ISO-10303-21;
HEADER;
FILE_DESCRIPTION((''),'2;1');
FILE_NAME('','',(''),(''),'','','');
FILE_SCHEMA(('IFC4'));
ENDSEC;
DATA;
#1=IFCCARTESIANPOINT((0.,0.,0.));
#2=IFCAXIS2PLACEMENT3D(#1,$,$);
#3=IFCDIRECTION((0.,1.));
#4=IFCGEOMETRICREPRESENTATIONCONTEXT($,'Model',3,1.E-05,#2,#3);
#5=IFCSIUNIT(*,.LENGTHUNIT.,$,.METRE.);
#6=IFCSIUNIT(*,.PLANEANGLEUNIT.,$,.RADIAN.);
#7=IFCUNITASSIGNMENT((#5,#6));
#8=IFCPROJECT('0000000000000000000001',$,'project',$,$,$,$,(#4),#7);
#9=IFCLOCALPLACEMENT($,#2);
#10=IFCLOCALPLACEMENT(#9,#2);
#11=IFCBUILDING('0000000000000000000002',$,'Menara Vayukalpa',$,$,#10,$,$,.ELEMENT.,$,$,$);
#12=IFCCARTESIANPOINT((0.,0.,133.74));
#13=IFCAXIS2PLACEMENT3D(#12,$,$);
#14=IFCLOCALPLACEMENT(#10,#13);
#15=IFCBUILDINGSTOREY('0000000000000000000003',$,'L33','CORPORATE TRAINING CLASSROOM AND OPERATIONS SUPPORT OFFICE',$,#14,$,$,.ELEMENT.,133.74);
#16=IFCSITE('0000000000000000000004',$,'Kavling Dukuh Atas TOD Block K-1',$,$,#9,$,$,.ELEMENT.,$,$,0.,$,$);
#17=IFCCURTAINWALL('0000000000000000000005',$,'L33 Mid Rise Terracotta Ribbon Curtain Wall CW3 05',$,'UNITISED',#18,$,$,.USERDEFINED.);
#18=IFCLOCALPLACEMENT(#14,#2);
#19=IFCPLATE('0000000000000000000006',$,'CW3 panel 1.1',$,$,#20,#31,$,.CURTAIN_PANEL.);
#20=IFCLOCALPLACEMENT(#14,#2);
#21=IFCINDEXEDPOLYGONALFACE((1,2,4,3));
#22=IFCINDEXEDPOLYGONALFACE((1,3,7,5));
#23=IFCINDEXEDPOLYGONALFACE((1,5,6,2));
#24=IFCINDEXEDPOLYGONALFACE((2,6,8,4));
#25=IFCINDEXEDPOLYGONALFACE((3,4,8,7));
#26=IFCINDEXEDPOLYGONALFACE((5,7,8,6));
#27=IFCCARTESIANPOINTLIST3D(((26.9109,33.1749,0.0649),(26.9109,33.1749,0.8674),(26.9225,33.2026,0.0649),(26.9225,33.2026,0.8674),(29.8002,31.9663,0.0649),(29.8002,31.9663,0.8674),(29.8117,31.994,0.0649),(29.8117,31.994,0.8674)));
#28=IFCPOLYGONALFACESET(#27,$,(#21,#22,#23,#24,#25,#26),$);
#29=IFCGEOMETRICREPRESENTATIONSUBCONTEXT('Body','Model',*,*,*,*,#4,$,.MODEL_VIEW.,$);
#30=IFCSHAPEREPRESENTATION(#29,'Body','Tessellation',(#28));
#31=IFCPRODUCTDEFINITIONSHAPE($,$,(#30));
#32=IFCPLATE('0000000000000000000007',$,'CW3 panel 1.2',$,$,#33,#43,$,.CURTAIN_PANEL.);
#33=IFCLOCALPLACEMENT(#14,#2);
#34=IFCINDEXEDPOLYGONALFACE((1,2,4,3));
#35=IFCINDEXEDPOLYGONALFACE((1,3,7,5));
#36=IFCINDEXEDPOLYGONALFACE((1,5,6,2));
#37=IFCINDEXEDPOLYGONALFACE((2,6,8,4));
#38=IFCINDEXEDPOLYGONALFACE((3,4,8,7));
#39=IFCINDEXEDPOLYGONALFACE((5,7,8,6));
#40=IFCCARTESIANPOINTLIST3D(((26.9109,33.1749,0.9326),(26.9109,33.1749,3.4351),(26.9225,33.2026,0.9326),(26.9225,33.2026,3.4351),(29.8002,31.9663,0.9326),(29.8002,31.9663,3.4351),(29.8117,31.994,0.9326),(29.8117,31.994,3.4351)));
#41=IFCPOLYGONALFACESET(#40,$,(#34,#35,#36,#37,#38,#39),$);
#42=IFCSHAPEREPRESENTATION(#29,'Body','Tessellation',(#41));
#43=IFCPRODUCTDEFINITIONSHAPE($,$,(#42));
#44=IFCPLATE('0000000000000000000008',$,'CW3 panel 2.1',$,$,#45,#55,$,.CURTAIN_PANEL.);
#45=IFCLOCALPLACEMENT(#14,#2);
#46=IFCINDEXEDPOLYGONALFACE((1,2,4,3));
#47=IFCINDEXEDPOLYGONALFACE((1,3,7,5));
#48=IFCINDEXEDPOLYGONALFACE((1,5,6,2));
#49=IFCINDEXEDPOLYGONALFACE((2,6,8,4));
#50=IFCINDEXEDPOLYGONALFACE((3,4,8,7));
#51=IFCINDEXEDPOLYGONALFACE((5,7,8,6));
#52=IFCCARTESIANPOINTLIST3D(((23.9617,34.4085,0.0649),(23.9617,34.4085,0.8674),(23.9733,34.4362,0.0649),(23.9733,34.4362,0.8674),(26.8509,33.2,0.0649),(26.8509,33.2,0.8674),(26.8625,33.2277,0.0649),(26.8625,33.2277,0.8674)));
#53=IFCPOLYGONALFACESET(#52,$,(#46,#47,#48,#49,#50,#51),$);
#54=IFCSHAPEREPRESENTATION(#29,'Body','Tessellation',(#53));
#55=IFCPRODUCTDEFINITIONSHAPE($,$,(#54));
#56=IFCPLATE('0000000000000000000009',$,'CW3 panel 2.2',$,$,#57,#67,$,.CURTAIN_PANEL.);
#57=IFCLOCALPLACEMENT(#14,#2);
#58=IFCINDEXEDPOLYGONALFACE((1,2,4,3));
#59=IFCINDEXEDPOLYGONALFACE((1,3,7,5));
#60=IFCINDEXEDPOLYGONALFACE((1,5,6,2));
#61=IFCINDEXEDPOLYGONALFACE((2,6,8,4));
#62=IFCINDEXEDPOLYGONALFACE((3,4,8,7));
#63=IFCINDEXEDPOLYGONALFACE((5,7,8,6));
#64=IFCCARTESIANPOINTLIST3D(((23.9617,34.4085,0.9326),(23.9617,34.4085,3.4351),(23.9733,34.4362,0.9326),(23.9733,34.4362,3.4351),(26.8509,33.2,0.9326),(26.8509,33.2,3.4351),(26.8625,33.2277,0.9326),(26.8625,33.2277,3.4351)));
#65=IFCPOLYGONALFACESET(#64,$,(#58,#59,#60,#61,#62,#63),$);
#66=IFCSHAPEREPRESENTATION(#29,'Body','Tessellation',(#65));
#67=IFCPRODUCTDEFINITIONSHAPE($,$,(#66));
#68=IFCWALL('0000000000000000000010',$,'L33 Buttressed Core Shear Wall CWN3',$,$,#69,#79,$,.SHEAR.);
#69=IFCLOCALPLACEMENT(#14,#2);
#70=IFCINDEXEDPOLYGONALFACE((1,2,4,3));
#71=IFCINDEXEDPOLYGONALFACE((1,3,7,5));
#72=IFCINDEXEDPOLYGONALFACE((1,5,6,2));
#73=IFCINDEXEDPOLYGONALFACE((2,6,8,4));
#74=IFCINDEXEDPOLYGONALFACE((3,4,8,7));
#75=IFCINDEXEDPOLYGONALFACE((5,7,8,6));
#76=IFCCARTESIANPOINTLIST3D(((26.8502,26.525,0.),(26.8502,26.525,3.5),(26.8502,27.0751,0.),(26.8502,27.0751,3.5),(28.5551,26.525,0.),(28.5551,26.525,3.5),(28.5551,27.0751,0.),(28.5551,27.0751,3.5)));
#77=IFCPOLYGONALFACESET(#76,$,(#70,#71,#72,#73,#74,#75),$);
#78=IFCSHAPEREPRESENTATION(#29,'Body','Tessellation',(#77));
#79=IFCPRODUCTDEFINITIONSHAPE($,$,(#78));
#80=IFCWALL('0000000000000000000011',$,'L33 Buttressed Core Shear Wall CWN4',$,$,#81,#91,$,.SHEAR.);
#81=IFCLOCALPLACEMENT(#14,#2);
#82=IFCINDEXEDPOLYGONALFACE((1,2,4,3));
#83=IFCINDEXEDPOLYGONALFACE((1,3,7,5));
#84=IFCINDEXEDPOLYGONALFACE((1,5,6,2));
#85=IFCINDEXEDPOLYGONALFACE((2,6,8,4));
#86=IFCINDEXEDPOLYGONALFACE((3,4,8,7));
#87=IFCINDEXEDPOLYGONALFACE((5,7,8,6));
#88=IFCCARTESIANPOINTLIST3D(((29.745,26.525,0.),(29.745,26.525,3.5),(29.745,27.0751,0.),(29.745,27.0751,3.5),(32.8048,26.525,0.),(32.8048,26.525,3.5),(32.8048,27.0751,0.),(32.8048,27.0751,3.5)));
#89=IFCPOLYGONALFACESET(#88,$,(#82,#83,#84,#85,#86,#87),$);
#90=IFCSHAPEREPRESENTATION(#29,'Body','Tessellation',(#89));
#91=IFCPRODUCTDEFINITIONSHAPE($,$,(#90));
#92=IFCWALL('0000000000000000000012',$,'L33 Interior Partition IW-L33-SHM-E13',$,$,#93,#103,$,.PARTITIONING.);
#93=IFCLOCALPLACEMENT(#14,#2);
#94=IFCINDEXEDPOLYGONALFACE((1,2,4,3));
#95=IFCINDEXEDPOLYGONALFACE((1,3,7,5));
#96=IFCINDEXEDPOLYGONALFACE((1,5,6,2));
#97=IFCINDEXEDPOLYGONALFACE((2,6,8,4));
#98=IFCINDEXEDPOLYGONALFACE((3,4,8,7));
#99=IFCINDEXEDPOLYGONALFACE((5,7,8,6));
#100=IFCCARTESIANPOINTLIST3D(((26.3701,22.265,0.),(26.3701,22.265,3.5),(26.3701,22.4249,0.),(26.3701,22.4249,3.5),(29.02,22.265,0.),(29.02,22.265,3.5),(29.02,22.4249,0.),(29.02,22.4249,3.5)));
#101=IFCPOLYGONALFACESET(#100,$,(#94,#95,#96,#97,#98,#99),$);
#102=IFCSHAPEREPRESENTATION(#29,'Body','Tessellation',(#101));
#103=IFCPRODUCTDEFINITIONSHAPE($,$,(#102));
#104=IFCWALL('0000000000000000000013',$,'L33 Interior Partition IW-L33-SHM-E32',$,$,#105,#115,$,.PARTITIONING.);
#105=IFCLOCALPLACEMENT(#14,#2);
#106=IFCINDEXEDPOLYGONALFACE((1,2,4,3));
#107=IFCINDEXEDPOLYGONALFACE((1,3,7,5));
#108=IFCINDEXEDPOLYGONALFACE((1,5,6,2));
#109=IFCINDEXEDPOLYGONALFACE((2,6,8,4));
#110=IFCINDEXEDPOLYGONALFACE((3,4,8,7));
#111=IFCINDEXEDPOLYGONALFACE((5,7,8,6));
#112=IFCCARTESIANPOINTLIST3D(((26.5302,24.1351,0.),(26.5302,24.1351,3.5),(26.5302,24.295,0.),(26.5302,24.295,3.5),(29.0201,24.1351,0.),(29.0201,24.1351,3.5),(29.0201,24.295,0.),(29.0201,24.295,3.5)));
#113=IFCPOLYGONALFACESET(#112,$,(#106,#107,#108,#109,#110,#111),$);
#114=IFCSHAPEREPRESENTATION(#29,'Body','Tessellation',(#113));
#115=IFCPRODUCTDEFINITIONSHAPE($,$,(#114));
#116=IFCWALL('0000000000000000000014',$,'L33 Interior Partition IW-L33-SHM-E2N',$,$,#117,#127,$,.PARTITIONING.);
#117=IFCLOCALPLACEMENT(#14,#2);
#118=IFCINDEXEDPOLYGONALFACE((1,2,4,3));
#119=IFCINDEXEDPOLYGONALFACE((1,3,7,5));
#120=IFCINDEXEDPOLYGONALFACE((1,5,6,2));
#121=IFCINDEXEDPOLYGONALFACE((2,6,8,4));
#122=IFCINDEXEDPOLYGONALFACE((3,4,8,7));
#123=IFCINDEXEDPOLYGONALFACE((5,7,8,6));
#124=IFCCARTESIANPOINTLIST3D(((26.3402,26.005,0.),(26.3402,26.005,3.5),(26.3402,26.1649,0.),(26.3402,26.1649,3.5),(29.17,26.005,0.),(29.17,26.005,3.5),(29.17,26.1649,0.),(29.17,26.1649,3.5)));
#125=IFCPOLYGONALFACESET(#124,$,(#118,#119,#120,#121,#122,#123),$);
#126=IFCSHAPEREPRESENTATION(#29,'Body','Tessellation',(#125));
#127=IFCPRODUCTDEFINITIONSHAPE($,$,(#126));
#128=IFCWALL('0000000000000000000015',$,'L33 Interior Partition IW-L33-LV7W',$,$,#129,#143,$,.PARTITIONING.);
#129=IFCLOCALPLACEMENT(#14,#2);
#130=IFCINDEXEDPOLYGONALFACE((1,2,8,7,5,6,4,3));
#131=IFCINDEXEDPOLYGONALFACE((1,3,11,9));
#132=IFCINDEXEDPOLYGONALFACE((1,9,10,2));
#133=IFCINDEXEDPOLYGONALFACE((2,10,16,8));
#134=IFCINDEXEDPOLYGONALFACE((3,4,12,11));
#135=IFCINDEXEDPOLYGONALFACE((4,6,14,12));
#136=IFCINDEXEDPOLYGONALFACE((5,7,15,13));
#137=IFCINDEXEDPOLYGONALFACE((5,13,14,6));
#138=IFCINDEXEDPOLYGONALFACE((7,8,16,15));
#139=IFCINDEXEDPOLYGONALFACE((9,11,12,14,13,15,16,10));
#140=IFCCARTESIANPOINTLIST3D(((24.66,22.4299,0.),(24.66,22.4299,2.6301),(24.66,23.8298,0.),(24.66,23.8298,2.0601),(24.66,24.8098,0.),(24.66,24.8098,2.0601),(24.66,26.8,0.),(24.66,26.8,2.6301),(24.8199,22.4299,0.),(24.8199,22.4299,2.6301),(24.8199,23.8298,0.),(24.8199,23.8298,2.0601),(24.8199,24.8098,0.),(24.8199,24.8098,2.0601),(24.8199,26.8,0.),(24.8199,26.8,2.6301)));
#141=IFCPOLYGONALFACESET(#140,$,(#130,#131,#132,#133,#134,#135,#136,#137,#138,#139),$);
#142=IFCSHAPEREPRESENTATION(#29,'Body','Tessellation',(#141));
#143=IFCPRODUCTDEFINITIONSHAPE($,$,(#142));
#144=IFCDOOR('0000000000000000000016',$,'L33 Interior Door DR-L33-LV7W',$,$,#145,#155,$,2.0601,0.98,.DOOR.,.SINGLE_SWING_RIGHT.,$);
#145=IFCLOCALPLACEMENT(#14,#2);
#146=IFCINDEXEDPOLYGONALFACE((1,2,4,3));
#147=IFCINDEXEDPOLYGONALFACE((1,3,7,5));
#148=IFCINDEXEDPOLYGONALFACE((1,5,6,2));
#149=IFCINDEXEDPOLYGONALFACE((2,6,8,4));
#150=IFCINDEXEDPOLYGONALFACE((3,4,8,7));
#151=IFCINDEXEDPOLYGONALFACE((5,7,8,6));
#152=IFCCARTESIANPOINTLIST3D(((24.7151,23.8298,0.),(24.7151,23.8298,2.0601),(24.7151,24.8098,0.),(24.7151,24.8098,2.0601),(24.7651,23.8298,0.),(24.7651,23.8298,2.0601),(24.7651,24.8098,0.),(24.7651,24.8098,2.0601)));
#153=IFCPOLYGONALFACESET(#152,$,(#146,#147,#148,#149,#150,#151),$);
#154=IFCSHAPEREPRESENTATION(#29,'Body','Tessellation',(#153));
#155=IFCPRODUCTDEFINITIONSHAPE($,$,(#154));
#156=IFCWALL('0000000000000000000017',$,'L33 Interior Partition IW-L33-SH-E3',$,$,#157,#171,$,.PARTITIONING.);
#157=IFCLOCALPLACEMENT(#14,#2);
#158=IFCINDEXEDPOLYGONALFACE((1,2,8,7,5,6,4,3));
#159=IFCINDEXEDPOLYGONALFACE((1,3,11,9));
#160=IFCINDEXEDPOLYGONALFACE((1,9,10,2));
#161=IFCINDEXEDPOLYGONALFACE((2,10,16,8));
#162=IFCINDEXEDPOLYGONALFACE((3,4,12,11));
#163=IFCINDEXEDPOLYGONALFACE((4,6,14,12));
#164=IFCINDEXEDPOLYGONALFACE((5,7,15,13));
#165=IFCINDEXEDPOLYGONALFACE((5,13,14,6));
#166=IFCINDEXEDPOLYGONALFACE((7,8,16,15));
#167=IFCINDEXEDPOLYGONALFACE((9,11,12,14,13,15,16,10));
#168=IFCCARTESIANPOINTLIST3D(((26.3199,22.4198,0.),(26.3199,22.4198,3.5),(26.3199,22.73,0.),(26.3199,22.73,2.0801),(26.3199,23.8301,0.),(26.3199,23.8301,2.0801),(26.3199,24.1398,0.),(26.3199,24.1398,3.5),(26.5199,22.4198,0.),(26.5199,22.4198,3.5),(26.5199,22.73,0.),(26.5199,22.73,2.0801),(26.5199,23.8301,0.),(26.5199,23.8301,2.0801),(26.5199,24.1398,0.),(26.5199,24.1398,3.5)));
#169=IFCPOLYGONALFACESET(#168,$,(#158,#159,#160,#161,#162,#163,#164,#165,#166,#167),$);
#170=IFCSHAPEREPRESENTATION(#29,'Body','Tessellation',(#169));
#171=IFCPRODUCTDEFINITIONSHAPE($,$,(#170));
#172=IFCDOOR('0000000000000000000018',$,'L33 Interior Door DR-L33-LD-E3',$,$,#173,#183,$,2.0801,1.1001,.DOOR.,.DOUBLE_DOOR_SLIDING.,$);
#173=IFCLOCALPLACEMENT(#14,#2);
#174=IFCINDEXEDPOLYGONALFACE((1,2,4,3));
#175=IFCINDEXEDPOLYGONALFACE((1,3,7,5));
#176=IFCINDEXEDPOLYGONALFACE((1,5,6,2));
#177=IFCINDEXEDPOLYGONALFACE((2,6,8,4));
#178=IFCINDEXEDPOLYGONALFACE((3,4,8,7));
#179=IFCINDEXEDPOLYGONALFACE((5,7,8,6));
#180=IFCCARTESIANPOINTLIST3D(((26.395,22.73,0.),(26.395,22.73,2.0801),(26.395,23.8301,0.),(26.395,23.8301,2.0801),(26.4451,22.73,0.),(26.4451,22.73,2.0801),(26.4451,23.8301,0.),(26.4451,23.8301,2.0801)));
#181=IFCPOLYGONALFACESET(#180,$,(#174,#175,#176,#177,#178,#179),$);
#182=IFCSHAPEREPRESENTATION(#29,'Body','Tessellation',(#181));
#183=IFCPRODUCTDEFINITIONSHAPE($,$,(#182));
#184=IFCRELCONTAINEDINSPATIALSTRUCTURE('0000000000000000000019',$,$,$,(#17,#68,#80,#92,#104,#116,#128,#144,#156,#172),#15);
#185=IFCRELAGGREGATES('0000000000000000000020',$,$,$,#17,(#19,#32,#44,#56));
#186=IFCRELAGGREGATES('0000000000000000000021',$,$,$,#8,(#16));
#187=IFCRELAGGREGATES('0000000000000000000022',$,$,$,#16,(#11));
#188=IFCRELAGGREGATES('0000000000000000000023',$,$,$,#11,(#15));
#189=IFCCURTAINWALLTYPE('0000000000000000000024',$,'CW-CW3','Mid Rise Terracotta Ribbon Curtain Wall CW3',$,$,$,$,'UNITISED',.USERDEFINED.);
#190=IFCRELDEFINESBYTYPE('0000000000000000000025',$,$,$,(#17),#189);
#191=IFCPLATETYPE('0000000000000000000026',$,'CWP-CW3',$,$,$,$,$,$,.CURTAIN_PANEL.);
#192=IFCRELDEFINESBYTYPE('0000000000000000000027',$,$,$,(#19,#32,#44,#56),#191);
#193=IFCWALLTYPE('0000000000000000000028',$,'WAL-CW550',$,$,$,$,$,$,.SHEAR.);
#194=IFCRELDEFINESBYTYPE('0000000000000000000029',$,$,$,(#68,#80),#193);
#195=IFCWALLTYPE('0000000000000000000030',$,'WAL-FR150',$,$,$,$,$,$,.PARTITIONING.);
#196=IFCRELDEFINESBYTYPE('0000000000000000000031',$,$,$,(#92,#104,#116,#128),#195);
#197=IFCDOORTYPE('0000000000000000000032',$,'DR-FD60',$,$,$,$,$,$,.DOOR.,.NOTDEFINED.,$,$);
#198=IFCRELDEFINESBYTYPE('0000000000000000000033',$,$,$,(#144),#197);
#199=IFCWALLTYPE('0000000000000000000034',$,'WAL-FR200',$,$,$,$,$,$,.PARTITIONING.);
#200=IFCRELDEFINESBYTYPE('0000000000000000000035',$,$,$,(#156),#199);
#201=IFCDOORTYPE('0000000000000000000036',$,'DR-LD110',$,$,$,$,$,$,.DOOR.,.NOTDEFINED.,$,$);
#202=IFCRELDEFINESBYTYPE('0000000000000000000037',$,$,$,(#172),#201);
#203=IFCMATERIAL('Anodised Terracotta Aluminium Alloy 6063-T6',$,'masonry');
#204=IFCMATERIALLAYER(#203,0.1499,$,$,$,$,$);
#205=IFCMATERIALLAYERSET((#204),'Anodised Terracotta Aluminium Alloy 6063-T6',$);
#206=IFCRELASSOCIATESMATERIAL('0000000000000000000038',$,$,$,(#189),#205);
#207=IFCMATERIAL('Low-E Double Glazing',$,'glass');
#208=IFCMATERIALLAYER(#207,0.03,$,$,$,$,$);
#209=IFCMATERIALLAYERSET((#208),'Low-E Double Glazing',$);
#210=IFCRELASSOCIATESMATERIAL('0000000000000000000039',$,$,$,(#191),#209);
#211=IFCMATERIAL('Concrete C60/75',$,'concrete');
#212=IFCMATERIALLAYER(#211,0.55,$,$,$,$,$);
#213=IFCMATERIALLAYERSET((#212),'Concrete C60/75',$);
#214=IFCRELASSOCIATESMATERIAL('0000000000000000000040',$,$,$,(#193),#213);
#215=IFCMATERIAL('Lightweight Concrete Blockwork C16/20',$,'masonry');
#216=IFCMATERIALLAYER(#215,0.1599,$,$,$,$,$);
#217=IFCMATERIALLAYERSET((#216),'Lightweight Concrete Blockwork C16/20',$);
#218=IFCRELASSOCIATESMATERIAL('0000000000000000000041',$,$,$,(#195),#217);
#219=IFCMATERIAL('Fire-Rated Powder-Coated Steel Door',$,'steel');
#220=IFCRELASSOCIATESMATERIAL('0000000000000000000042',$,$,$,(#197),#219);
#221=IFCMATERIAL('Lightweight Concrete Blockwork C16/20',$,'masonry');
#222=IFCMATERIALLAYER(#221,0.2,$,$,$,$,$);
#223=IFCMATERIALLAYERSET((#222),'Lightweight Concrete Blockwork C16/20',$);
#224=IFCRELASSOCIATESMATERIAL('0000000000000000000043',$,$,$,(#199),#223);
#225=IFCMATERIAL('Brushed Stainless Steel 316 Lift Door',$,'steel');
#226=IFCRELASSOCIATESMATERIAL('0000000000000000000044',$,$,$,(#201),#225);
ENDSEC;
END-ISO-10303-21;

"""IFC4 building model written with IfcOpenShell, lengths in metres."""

from ifc_helpers import new_model, si_unit, direction, frame, frame_2d, origin, origin_2d, place, context, subcontext, project, spatial, rectangle, extrude, material, layer, layer_set, type_object, element, fill, aggregate, save


model = new_model("IFC4")

# Units and contexts
model_context = context("Model", 3, precision=1e-05, world=origin(), true_north=direction((0.0, 1.0)))
body_context = subcontext(model_context, "Body", "Model", "MODEL_VIEW")
ifc_project = project(units=[si_unit("LENGTHUNIT", "METRE"), si_unit("PLANEANGLEUNIT", "RADIAN")], contexts=[model_context])

# Site, building, storey
site_placement = place(None, origin())
site = spatial("IfcSite", under=ifc_project, at=site_placement, Name="Kavling Dukuh Atas TOD Block K-1", CompositionType="ELEMENT", RefElevation=0.0)
building_placement = place(site_placement, origin())
building = spatial("IfcBuilding", under=site, at=building_placement, Name="Menara Vayukalpa", CompositionType="ELEMENT")
storey_placement = place(building_placement, frame((0.0, 0.0, 133.74)))
storey = spatial("IfcBuildingStorey", under=building, at=storey_placement, Name="L33", Description="CORPORATE TRAINING CLASSROOM AND OPERATIONS SUPPORT OFFICE", CompositionType="ELEMENT", Elevation=133.74)

# Shared definitions
ifc_material_1 = material(Name="Anodised Terracotta Aluminium Alloy 6063-T6", Category="masonry")
ifc_layer_1 = layer(ifc_material_1, 0.1499)
ifc_layer_set_1 = layer_set([ifc_layer_1], Name="Anodised Terracotta Aluminium Alloy 6063-T6")
curtain_wall_type = type_object("IfcCurtainWallType", Name="CW-CW3", Description="Mid Rise Terracotta Ribbon Curtain Wall CW3", ElementType="UNITISED", PredefinedType="USERDEFINED", material=ifc_layer_set_1)

# Curtain wall, plates
curtain_wall_1_placement = place(storey_placement, origin())
curtain_wall_1 = element("IfcCurtainWall", 1, at=curtain_wall_1_placement, inside=storey, type_object=curtain_wall_type, Name="L33 Mid Rise Terracotta Ribbon Curtain Wall CW3 05", ObjectType="UNITISED", PredefinedType="USERDEFINED")
ifc_material_2 = material(Name="Low-E Double Glazing", Category="glass")
ifc_layer_2 = layer(ifc_material_2, 0.03)
ifc_layer_set_2 = layer_set([ifc_layer_2], Name="Low-E Double Glazing")
plate_type = type_object("IfcPlateType", Name="CWP-CW3", PredefinedType="CURTAIN_PANEL", material=ifc_layer_set_2)
plate_1_placement = place(storey_placement, frame((28.3613, 32.5845, 0.0649), z_axis=(0.0, 0.0, 1.0), x_axis=(-0.922543, 0.385894, 0.0)))
plate_1 = element("IfcPlate", 2, at=plate_1_placement, type_object=plate_type, Name="CW3 panel 1.1", PredefinedType="CURTAIN_PANEL", context=body_context, shape_type="SweptSolid", body=[
    extrude(rectangle(XDim=3.1318, YDim=0.03, at=origin_2d()), origin(), (0.0, 0.0, 1.0), 0.8025),
])
plate_2_placement = place(storey_placement, frame((28.3613, 32.5845, 0.9326), z_axis=(0.0, 0.0, 1.0), x_axis=(-0.922543, 0.385894, 0.0)))
plate_2 = element("IfcPlate", 3, at=plate_2_placement, type_object=plate_type, Name="CW3 panel 1.2", PredefinedType="CURTAIN_PANEL", context=body_context, shape_type="SweptSolid", body=[
    extrude(rectangle(XDim=3.1318, YDim=0.03, at=origin_2d()), origin(), (0.0, 0.0, 1.0), 2.5024),
])
plate_3_placement = place(storey_placement, frame((25.4121, 33.8181, 0.0649), z_axis=(0.0, 0.0, 1.0), x_axis=(-0.922543, 0.385894, 0.0)))
plate_3 = element("IfcPlate", 4, at=plate_3_placement, type_object=plate_type, Name="CW3 panel 2.1", PredefinedType="CURTAIN_PANEL", context=body_context, shape_type="SweptSolid", body=[
    extrude(rectangle(XDim=3.1318, YDim=0.03, at=origin_2d()), origin(), (0.0, 0.0, 1.0), 0.8025),
])
plate_4_placement = place(storey_placement, frame((25.4121, 33.8181, 0.9326), z_axis=(0.0, 0.0, 1.0), x_axis=(-0.922543, 0.385894, 0.0)))
plate_4 = element("IfcPlate", 5, at=plate_4_placement, type_object=plate_type, Name="CW3 panel 2.2", PredefinedType="CURTAIN_PANEL", context=body_context, shape_type="SweptSolid", body=[
    extrude(rectangle(XDim=3.1318, YDim=0.03, at=origin_2d()), origin(), (0.0, 0.0, 1.0), 2.5024),
])
aggregate(curtain_wall_1, [plate_1, plate_2, plate_3, plate_4])

# Walls
ifc_material_3 = material(Name="Concrete C60/75", Category="concrete")
ifc_layer_3 = layer(ifc_material_3, 0.55)
ifc_layer_set_3 = layer_set([ifc_layer_3], Name="Concrete C60/75")
wall_type_1 = type_object("IfcWallType", Name="WAL-CW550", PredefinedType="SHEAR", material=ifc_layer_set_3)
wall_1_placement = place(storey_placement, frame((26.8501, 26.8, 0.0), z_axis=(0.0, 0.0, 1.0), x_axis=(1.0, 0.0, 0.0)))
element("IfcWall", 6, at=wall_1_placement, inside=storey, type_object=wall_type_1, Name="L33 Buttressed Core Shear Wall CWN3", PredefinedType="SHEAR", context=body_context, shape_type="SweptSolid", body=[
    extrude(rectangle(XDim=1.7048, YDim=0.55, at=frame_2d((0.8525, 0.0))), origin(), (0.0, 0.0, 1.0), 3.5),
])
wall_2_placement = place(storey_placement, frame((29.7451, 26.8, 0.0), z_axis=(0.0, 0.0, 1.0), x_axis=(1.0, 0.0, 0.0)))
element("IfcWall", 7, at=wall_2_placement, inside=storey, type_object=wall_type_1, Name="L33 Buttressed Core Shear Wall CWN4", PredefinedType="SHEAR", context=body_context, shape_type="SweptSolid", body=[
    extrude(rectangle(XDim=3.0598, YDim=0.55, at=frame_2d((1.5298, 0.0))), origin(), (0.0, 0.0, 1.0), 3.5),
])
ifc_material_4 = material(Name="Lightweight Concrete Blockwork C16/20", Category="masonry")
ifc_layer_4 = layer(ifc_material_4, 0.1599)
ifc_layer_set_4 = layer_set([ifc_layer_4], Name="Lightweight Concrete Blockwork C16/20")
wall_type_2 = type_object("IfcWallType", Name="WAL-FR150", PredefinedType="PARTITIONING", material=ifc_layer_set_4)
wall_3_placement = place(storey_placement, frame((26.3701, 22.345, 0.0), z_axis=(0.0, 0.0, 1.0), x_axis=(1.0, 0.0, 0.0)))
element("IfcWall", 8, at=wall_3_placement, inside=storey, type_object=wall_type_2, Name="L33 Interior Partition IW-L33-SHM-E13", PredefinedType="PARTITIONING", context=body_context, shape_type="SweptSolid", body=[
    extrude(rectangle(XDim=2.6499, YDim=0.1599, at=frame_2d((1.325, 0.0))), origin(), (0.0, 0.0, 1.0), 3.5),
])
wall_4_placement = place(storey_placement, frame((26.53, 24.2151, 0.0), z_axis=(0.0, 0.0, 1.0), x_axis=(1.0, 0.0, 0.0)))
element("IfcWall", 9, at=wall_4_placement, inside=storey, type_object=wall_type_2, Name="L33 Interior Partition IW-L33-SHM-E32", PredefinedType="PARTITIONING", context=body_context, shape_type="SweptSolid", body=[
    extrude(rectangle(XDim=2.49, YDim=0.1599, at=frame_2d((1.2451, 0.0))), origin(), (0.0, 0.0, 1.0), 3.5),
])
wall_5_placement = place(storey_placement, frame((26.3401, 26.085, 0.0), z_axis=(0.0, 0.0, 1.0), x_axis=(1.0, 0.0, 0.0)))
element("IfcWall", 10, at=wall_5_placement, inside=storey, type_object=wall_type_2, Name="L33 Interior Partition IW-L33-SHM-E2N", PredefinedType="PARTITIONING", context=body_context, shape_type="SweptSolid", body=[
    extrude(rectangle(XDim=2.8298, YDim=0.1599, at=frame_2d((1.415, 0.0))), origin(), (0.0, 0.0, 1.0), 3.5),
])

# Walls, openings, doors
wall_6_placement = place(storey_placement, frame((24.74, 22.4299, 0.0), z_axis=(0.0, 0.0, 1.0), x_axis=(0.0, 1.0, 0.0)))
wall_6 = element("IfcWall", 11, at=wall_6_placement, inside=storey, type_object=wall_type_2, Name="L33 Interior Partition IW-L33-LV7W", PredefinedType="PARTITIONING", context=body_context, shape_type="SweptSolid", body=[
    extrude(rectangle(XDim=4.3701, YDim=0.1599, at=frame_2d((2.1851, 0.0))), origin(), (0.0, 0.0, 1.0), 2.6301),
])
opening_1_placement = place(wall_6_placement, frame((1.3999, 0.0, 0.0)))
opening_1 = element("IfcOpeningElement", 12, at=opening_1_placement, cuts=wall_6, PredefinedType="OPENING", context=body_context, shape_type="SweptSolid", body=[
    extrude(rectangle(XDim=0.98, YDim=2.0601, at=frame_2d((0.49, 1.03))), frame((0.0, 0.0898, 0.0), z_axis=(0.0, -1.0, 0.0), x_axis=(1.0, 0.0, 0.0)), (0.0, 0.0, 1.0), 0.1799),
])
ifc_material_5 = material(Name="Fire-Rated Powder-Coated Steel Door", Category="steel")
door_type_1 = type_object("IfcDoorType", Name="DR-FD60", OperationType="NOTDEFINED", PredefinedType="DOOR", material=ifc_material_5)
door_1_placement = place(opening_1_placement, origin())
door_1 = element("IfcDoor", 13, at=door_1_placement, inside=storey, type_object=door_type_1, Name="L33 Interior Door DR-L33-LV7W", OperationType="SINGLE_SWING_RIGHT", OverallHeight=2.0601, OverallWidth=0.98, PredefinedType="DOOR", context=body_context, shape_type="SweptSolid", body=[
    extrude(rectangle(XDim=0.98, YDim=2.0601, at=frame_2d((0.49, 1.03))), frame((0.0, 0.0249, 0.0), z_axis=(0.0, -1.0, 0.0), x_axis=(1.0, 0.0, 0.0)), (0.0, 0.0, 1.0), 0.05),
])
fill(opening_1, door_1)
ifc_material_6 = material(Name="Lightweight Concrete Blockwork C16/20", Category="masonry")
ifc_layer_5 = layer(ifc_material_6, 0.2)
ifc_layer_set_5 = layer_set([ifc_layer_5], Name="Lightweight Concrete Blockwork C16/20")
wall_type_3 = type_object("IfcWallType", Name="WAL-FR200", PredefinedType="PARTITIONING", material=ifc_layer_set_5)
wall_7_placement = place(storey_placement, frame((26.4199, 22.4199, 0.0), z_axis=(0.0, 0.0, 1.0), x_axis=(0.0, 1.0, 0.0)))
wall_7 = element("IfcWall", 14, at=wall_7_placement, inside=storey, type_object=wall_type_3, Name="L33 Interior Partition IW-L33-SH-E3", PredefinedType="PARTITIONING", context=body_context, shape_type="SweptSolid", body=[
    extrude(rectangle(XDim=1.72, YDim=0.2, at=frame_2d((0.8599, 0.0))), origin(), (0.0, 0.0, 1.0), 3.5),
])
opening_2_placement = place(wall_7_placement, frame((0.3101, 0.0, 0.0)))
opening_2 = element("IfcOpeningElement", 15, at=opening_2_placement, cuts=wall_7, PredefinedType="OPENING", context=body_context, shape_type="SweptSolid", body=[
    extrude(rectangle(XDim=1.1001, YDim=2.0801, at=frame_2d((0.55, 1.04))), frame((0.0, 0.1099, 0.0), z_axis=(0.0, -1.0, 0.0), x_axis=(1.0, 0.0, 0.0)), (0.0, 0.0, 1.0), 0.22),
])
ifc_material_7 = material(Name="Brushed Stainless Steel 316 Lift Door", Category="steel")
door_type_2 = type_object("IfcDoorType", Name="DR-LD110", OperationType="NOTDEFINED", PredefinedType="DOOR", material=ifc_material_7)
door_2_placement = place(opening_2_placement, origin())
door_2 = element("IfcDoor", 16, at=door_2_placement, inside=storey, type_object=door_type_2, Name="L33 Interior Door DR-L33-LD-E3", OperationType="DOUBLE_DOOR_SLIDING", OverallHeight=2.0801, OverallWidth=1.1001, PredefinedType="DOOR", context=body_context, shape_type="SweptSolid", body=[
    extrude(rectangle(XDim=1.1001, YDim=2.0801, at=frame_2d((0.55, 1.04))), frame((0.0, 0.0249, 0.0), z_axis=(0.0, -1.0, 0.0), x_axis=(1.0, 0.0, 0.0)), (0.0, 0.0, 1.0), 0.05),
])
fill(opening_2, door_2)

save(model, "model.ifc")
